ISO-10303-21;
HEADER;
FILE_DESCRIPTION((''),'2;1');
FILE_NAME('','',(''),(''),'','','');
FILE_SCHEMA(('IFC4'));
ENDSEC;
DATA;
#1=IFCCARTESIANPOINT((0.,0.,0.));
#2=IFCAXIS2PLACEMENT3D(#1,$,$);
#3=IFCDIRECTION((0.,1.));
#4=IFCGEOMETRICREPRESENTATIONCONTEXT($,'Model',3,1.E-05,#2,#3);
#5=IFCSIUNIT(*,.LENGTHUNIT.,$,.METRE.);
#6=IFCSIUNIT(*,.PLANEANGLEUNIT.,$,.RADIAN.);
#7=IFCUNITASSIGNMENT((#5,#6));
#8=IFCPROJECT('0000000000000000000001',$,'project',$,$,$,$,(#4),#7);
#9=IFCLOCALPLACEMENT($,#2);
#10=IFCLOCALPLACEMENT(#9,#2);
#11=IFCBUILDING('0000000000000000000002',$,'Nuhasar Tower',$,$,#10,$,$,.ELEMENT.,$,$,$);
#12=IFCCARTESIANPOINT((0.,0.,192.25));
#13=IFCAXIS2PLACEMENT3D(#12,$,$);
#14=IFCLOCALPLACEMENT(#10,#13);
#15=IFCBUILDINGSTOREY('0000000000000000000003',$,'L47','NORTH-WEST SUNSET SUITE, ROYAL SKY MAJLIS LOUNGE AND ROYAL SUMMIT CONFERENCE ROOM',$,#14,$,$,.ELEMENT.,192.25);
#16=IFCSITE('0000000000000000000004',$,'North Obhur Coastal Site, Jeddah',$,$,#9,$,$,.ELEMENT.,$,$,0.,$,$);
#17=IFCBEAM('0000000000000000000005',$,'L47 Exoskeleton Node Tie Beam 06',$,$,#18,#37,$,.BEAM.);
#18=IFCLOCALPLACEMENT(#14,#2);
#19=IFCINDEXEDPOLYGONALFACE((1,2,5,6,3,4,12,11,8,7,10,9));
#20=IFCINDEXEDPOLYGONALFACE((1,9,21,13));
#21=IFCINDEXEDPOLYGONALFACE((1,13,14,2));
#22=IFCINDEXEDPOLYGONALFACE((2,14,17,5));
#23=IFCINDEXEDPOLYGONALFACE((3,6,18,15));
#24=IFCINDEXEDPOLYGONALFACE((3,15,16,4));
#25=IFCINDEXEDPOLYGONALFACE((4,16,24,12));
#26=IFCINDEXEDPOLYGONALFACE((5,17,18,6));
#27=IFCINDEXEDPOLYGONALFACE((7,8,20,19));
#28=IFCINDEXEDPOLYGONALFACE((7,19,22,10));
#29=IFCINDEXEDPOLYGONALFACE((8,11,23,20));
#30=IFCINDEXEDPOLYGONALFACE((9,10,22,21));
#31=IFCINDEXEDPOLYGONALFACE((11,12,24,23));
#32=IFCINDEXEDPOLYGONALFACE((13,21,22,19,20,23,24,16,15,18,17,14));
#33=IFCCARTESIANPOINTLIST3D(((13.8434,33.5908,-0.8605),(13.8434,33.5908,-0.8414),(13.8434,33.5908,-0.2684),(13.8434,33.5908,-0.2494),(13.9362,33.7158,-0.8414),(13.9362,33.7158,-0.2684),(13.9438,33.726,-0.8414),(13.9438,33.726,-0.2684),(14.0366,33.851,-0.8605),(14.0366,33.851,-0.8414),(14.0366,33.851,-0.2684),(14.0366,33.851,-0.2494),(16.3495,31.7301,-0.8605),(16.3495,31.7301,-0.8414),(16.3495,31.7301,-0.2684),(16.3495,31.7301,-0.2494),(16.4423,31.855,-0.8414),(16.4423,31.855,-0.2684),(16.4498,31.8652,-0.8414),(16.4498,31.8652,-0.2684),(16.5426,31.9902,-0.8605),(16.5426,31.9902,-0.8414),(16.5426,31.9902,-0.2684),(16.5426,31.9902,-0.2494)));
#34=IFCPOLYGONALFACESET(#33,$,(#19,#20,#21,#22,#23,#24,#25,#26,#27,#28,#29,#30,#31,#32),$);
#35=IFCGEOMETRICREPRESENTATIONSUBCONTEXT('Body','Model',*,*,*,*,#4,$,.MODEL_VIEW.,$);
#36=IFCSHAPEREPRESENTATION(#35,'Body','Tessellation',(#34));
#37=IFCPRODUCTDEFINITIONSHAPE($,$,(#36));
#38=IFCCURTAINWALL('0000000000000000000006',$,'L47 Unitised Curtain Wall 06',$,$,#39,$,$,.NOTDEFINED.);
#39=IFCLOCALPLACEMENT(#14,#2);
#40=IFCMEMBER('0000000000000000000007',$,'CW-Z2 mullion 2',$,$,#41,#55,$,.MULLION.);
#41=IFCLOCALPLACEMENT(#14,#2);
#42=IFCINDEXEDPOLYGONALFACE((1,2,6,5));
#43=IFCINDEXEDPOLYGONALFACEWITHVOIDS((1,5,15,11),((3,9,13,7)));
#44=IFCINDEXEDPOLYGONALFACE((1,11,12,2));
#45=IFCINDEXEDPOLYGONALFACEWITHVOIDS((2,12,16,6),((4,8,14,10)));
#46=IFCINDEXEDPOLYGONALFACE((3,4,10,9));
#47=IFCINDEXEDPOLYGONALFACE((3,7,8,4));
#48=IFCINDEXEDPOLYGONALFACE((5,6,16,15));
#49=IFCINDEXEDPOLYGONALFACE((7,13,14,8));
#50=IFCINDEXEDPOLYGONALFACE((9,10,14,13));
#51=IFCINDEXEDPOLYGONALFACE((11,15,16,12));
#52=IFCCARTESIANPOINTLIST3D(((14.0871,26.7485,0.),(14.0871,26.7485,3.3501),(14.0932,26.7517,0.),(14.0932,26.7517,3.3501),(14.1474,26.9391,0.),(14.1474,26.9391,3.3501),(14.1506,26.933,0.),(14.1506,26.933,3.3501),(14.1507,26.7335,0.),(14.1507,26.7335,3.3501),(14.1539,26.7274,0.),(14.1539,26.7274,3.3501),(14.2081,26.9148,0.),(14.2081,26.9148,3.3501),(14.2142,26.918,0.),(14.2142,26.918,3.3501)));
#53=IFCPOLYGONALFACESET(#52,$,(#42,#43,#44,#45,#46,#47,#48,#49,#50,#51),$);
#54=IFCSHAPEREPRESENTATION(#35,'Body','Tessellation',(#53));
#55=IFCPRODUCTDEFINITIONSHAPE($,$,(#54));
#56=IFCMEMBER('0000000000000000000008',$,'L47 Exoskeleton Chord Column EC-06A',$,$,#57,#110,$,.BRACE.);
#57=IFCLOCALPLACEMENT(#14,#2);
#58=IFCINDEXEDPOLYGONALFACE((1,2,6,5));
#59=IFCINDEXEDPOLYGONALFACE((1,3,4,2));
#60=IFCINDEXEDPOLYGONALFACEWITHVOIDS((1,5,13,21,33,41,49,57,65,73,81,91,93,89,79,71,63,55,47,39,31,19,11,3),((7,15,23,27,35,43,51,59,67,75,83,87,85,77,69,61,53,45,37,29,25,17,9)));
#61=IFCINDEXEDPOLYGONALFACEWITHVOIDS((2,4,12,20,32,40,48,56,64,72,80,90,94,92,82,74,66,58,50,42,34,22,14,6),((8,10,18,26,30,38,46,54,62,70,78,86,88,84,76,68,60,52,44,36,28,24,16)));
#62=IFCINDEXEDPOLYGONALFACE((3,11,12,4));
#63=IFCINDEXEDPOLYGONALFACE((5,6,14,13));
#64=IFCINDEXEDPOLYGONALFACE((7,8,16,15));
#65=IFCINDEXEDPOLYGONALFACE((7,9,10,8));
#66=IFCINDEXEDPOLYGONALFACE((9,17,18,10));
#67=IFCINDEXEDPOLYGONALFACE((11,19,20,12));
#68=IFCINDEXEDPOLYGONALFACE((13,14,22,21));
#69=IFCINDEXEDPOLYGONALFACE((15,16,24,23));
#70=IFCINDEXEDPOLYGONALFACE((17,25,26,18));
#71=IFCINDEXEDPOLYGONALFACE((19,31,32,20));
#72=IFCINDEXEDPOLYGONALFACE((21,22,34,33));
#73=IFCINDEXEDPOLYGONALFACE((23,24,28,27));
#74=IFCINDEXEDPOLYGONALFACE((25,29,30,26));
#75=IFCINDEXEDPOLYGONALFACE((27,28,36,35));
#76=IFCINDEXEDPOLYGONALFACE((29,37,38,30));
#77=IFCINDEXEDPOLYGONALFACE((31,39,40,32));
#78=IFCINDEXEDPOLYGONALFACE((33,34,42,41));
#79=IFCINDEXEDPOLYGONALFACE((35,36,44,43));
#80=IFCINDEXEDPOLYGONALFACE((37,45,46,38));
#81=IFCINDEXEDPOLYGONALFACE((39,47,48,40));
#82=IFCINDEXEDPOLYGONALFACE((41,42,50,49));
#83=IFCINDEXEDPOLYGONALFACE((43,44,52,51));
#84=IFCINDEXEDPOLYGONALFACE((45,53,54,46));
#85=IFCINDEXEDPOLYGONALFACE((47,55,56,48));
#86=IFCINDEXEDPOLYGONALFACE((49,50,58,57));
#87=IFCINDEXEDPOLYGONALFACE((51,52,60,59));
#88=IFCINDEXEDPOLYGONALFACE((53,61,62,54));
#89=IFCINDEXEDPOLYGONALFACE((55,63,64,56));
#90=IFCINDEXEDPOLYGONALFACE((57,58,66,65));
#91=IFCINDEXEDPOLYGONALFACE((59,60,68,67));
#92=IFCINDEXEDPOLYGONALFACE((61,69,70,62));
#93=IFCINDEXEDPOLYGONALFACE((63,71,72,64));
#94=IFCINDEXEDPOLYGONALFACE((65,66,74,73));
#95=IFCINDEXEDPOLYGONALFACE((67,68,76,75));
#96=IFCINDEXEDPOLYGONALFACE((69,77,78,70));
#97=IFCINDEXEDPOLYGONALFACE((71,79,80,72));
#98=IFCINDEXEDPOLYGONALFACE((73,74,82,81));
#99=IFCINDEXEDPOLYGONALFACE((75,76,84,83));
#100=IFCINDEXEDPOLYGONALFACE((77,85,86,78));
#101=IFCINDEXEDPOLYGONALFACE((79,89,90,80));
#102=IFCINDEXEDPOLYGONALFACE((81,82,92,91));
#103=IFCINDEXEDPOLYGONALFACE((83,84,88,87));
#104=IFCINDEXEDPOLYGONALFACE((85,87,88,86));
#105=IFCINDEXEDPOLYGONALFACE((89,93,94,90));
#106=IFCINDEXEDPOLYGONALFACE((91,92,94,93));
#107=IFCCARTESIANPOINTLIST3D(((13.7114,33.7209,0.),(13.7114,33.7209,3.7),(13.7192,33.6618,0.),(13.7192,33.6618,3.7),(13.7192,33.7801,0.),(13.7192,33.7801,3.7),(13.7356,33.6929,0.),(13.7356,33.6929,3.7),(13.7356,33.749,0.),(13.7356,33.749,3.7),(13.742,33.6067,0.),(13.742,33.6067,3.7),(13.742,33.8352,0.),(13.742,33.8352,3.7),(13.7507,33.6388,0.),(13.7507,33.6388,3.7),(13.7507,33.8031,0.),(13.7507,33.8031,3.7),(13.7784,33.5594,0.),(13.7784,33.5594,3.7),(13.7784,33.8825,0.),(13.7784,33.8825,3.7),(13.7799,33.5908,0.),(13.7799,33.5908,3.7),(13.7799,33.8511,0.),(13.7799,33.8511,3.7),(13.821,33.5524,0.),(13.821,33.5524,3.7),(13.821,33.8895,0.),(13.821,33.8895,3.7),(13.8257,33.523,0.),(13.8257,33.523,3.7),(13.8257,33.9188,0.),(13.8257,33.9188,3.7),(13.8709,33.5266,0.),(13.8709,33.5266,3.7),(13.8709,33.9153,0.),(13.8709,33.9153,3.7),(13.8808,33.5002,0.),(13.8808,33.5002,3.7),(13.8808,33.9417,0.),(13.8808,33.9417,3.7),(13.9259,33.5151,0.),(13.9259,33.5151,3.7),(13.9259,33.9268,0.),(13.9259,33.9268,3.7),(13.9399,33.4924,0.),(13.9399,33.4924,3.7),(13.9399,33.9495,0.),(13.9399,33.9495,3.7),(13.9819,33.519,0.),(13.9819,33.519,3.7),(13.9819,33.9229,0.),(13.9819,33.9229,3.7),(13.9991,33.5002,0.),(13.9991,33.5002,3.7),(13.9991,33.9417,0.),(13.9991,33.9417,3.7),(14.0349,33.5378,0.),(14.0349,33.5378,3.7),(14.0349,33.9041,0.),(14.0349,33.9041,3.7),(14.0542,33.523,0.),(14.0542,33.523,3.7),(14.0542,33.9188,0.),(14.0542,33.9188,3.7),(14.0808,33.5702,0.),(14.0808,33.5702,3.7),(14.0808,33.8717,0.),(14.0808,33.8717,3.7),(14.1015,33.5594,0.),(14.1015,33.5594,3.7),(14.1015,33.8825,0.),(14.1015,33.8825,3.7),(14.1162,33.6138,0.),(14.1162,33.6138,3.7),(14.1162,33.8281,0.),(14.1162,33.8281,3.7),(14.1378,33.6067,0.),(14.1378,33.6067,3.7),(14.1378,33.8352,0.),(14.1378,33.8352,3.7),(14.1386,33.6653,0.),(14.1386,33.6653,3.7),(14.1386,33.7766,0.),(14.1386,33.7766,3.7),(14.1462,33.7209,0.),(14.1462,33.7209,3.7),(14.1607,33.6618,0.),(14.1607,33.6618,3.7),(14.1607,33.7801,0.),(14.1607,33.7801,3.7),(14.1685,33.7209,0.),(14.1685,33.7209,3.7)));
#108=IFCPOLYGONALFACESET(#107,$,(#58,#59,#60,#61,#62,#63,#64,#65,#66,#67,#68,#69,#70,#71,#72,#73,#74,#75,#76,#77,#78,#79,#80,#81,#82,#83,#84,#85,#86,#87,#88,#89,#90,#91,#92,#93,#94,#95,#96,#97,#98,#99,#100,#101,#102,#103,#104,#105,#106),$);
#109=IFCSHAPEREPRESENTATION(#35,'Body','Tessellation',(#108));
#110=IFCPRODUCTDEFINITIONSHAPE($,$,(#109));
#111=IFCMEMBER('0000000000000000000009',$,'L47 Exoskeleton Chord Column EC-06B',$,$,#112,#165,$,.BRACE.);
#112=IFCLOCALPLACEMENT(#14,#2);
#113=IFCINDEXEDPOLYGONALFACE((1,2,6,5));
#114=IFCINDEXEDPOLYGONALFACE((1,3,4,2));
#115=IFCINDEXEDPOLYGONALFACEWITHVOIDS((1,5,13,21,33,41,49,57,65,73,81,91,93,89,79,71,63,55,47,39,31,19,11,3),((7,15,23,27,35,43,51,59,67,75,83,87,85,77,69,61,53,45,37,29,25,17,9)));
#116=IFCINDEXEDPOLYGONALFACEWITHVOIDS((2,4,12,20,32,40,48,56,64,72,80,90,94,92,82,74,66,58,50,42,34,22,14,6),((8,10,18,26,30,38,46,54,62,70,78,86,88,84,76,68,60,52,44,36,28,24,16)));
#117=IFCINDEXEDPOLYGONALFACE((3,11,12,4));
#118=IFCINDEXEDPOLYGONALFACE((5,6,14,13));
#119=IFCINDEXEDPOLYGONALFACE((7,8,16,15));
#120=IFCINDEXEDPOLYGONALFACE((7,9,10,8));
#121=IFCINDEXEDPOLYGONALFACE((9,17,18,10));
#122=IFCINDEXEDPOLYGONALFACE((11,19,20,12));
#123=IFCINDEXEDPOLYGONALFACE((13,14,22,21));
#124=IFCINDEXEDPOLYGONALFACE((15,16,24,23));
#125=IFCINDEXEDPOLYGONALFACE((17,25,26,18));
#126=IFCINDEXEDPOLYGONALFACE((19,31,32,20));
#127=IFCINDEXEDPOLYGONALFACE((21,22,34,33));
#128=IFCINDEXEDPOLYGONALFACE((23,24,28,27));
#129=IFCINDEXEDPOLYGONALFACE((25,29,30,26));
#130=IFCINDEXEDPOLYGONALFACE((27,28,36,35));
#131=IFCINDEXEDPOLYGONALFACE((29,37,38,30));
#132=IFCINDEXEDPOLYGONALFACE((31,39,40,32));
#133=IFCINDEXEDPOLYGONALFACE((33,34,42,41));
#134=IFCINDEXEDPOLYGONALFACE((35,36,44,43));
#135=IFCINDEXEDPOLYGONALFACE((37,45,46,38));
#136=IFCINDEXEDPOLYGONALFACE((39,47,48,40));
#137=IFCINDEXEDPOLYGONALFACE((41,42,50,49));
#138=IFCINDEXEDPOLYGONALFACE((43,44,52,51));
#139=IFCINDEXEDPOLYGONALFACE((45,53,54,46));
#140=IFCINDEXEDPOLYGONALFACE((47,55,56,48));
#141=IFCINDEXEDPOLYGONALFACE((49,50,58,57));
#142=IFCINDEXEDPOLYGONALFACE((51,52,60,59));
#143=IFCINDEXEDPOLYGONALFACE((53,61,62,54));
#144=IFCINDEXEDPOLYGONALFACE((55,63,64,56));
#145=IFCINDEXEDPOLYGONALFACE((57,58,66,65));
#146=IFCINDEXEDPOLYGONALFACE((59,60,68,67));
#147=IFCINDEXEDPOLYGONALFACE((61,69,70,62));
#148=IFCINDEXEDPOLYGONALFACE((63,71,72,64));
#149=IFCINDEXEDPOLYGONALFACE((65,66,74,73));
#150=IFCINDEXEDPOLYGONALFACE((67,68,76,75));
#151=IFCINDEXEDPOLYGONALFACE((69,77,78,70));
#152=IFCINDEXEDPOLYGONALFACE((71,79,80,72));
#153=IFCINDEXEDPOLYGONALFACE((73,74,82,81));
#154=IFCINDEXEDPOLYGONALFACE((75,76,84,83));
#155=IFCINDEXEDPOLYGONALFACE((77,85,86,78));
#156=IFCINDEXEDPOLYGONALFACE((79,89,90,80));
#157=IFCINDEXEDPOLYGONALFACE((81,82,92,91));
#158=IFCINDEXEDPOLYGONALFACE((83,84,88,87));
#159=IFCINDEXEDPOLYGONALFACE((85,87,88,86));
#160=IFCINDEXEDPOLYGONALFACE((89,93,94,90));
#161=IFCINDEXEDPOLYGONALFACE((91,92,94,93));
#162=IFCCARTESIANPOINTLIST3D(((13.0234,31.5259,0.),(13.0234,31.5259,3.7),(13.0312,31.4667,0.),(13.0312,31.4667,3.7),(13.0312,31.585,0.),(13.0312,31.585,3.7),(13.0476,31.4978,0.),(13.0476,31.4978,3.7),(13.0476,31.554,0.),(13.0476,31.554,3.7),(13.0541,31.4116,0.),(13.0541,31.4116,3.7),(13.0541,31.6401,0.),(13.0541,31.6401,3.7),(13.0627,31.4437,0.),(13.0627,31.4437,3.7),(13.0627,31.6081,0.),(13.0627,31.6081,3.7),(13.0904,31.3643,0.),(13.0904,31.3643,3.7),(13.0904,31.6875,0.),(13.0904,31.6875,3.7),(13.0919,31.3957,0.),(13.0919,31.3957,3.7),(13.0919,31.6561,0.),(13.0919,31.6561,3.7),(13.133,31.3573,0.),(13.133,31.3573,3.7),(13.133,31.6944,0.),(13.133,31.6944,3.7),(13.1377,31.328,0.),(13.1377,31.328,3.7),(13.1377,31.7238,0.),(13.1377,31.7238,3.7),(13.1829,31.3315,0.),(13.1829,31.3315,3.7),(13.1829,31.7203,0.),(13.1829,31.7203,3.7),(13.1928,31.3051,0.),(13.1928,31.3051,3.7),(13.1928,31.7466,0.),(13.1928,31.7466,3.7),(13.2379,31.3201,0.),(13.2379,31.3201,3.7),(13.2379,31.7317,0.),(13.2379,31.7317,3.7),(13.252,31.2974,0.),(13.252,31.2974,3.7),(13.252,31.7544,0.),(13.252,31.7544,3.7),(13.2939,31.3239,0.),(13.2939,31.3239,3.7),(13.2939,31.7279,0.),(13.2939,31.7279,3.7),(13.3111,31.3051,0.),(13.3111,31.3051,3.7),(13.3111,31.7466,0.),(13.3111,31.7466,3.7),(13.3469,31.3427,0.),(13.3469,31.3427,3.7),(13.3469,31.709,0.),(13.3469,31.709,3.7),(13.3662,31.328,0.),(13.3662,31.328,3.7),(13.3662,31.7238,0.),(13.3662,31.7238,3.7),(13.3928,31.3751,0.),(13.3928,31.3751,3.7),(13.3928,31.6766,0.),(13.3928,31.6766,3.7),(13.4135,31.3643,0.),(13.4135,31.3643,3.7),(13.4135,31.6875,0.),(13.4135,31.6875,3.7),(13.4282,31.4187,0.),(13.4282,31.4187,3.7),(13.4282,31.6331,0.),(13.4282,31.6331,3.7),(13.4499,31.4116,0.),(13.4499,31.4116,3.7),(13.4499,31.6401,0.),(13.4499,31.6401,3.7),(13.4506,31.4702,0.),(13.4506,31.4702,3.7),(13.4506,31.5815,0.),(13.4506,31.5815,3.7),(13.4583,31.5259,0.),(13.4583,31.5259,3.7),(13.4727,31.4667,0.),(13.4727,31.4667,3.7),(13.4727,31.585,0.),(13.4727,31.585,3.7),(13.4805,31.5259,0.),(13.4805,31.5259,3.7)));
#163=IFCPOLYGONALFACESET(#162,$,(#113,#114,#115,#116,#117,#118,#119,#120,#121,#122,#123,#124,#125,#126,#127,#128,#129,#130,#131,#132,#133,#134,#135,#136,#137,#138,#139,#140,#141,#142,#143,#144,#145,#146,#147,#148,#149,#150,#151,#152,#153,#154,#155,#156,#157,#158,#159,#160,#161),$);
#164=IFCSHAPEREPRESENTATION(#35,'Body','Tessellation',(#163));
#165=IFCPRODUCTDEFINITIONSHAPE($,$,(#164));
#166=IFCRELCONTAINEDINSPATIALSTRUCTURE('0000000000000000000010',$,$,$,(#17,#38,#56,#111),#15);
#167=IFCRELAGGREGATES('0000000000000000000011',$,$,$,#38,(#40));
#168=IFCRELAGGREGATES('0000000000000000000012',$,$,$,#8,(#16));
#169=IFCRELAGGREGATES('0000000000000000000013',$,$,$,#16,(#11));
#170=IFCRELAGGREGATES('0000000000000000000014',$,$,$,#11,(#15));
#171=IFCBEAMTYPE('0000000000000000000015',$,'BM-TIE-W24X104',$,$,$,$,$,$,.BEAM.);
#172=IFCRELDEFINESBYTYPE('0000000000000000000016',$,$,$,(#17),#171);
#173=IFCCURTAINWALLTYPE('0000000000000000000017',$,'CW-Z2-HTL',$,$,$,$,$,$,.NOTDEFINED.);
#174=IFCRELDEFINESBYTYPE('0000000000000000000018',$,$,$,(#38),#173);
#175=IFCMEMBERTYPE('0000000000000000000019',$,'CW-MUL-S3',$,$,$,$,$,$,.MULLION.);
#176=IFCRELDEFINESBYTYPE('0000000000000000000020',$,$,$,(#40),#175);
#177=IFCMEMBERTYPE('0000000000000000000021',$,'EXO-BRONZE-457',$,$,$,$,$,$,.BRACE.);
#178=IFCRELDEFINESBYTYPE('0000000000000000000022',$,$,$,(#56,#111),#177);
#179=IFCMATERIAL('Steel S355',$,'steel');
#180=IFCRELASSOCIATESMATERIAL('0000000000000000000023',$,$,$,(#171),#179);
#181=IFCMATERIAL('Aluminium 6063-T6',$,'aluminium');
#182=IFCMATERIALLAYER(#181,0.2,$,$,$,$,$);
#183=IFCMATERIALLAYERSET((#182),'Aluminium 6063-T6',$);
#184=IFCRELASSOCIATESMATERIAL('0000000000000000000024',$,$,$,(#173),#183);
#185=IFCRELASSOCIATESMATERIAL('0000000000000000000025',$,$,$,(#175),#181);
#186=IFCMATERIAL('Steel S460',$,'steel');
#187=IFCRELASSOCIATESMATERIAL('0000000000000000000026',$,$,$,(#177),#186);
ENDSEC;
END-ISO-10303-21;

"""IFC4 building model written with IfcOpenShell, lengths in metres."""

from ifc_helpers import new_model, si_unit, direction, frame, origin, origin_2d, place, context, subcontext, project, spatial, hollow_rectangle, hollow_circle, i_section, extrude, material, layer, layer_set, material_profile, profile_set, type_object, element, aggregate, save


model = new_model("IFC4")

# Units and contexts
model_context = context("Model", 3, precision=1e-05, world=origin(), true_north=direction((0.0, 1.0)))
body_context = subcontext(model_context, "Body", "Model", "MODEL_VIEW")
ifc_project = project(units=[si_unit("LENGTHUNIT", "METRE"), si_unit("PLANEANGLEUNIT", "RADIAN")], contexts=[model_context])

# Site, building, storey
site_placement = place(None, origin())
site = spatial("IfcSite", under=ifc_project, at=site_placement, Name="North Obhur Coastal Site, Jeddah", CompositionType="ELEMENT", RefElevation=0.0)
building_placement = place(site_placement, origin())
building = spatial("IfcBuilding", under=site, at=building_placement, Name="Nuhasar Tower", CompositionType="ELEMENT")
storey_placement = place(building_placement, frame((0.0, 0.0, 192.25)))
storey = spatial("IfcBuildingStorey", under=building, at=storey_placement, Name="L47", Description="NORTH-WEST SUNSET SUITE, ROYAL SKY MAJLIS LOUNGE AND ROYAL SUMMIT CONFERENCE ROOM", CompositionType="ELEMENT", Elevation=192.25)

# Beam
ifc_material_1 = material(Name="Steel S355", Category="steel")
ifc_material_profile_1 = material_profile(ifc_material_1, i_section(OverallWidth=0.324, OverallDepth=0.6111, WebThickness=0.0127, FlangeThickness=0.019, at=origin_2d()), Name="W24X104")
ifc_profile_set_1 = profile_set([ifc_material_profile_1], Name="Steel S355")
beam_type_1 = type_object("IfcBeamType", Name="BM-TIE-W24X104", PredefinedType="BEAM", material=ifc_profile_set_1)
beam_1_placement = place(storey_placement, frame((16.446, 31.8601, -0.5549), z_axis=(-0.802872, 0.596151, 0.0), x_axis=(-0.596151, -0.802872, 0.0)))
element("IfcBeam", 1, at=beam_1_placement, inside=storey, type_object=beam_type_1, Name="L47 Exoskeleton Node Tie Beam 06", PredefinedType="BEAM", context=body_context, shape_type="SweptSolid", body=[
    extrude(i_section(OverallWidth=0.324, OverallDepth=0.6111, WebThickness=0.0127, FlangeThickness=0.019, at=origin_2d()), origin(), (0.0, 0.0, 1.0), 3.1213),
])

# Curtain wall, member
ifc_material_2 = material(Name="Aluminium 6063-T6", Category="aluminium")
ifc_layer_1 = layer(ifc_material_2, 0.2)
ifc_layer_set_1 = layer_set([ifc_layer_1], Name="Aluminium 6063-T6")
curtain_wall_type = type_object("IfcCurtainWallType", Name="CW-Z2-HTL", PredefinedType="NOTDEFINED", material=ifc_layer_set_1)
curtain_wall_placement = place(storey_placement, origin())
curtain_wall = element("IfcCurtainWall", 2, at=curtain_wall_placement, inside=storey, type_object=curtain_wall_type, Name="L47 Unitised Curtain Wall 06", PredefinedType="NOTDEFINED")
ifc_material_profile_2 = material_profile(ifc_material_2, hollow_rectangle(XDim=0.0701, YDim=0.2, WallThickness=0.0049, at=origin_2d()), Name="CWM-3")
ifc_profile_set_2 = profile_set([ifc_material_profile_2], Name="Aluminium 6063-T6")
member_type_1 = type_object("IfcMemberType", Name="CW-MUL-S3", PredefinedType="MULLION", material=ifc_profile_set_2)
member_1_placement = place(storey_placement, frame((14.1506, 26.8333, 0.0), z_axis=(0.0, 0.0, 1.0), x_axis=(0.953433, -0.301604, 0.0)))
member_1 = element("IfcMember", 3, at=member_1_placement, type_object=member_type_1, Name="CW-Z2 mullion 2", PredefinedType="MULLION", context=body_context, shape_type="SweptSolid", body=[
    extrude(hollow_rectangle(XDim=0.0701, YDim=0.2, WallThickness=0.0049, at=origin_2d()), origin(), (0.0, 0.0, 1.0), 3.3501),
])

# Members
ifc_material_3 = material(Name="Steel S460", Category="steel")
ifc_material_profile_3 = material_profile(ifc_material_3, hollow_circle(Radius=0.2285, WallThickness=0.0222, at=origin_2d()), Name="HSS457X22.2")
ifc_profile_set_3 = profile_set([ifc_material_profile_3], Name="Steel S460")
member_type_2 = type_object("IfcMemberType", Name="EXO-BRONZE-457", PredefinedType="BRACE", material=ifc_profile_set_3)
for number, where, z_axis, x_axis, name in (
    (4, (13.9399, 33.7209, 0.0), (0.0, 0.0, 1.0), (1.0, 0.0, 0.0), "L47 Exoskeleton Chord Column EC-06A"),
    (5, (13.252, 31.5259, 0.0), (0.0, 0.0, 1.0), (1.0, 0.0, 0.0), "L47 Exoskeleton Chord Column EC-06B"),
):
    element("IfcMember", number, at=place(storey_placement, frame(where, z_axis=z_axis, x_axis=x_axis)), inside=storey, type_object=member_type_2, Name=name, PredefinedType="BRACE", context=body_context, shape_type="SweptSolid", body=[
        extrude(hollow_circle(Radius=0.2285, WallThickness=0.0222, at=origin_2d()), origin(), (0.0, 0.0, 1.0), 3.7),
    ])

aggregate(curtain_wall, [member_1])

save(model, "model.ifc")
